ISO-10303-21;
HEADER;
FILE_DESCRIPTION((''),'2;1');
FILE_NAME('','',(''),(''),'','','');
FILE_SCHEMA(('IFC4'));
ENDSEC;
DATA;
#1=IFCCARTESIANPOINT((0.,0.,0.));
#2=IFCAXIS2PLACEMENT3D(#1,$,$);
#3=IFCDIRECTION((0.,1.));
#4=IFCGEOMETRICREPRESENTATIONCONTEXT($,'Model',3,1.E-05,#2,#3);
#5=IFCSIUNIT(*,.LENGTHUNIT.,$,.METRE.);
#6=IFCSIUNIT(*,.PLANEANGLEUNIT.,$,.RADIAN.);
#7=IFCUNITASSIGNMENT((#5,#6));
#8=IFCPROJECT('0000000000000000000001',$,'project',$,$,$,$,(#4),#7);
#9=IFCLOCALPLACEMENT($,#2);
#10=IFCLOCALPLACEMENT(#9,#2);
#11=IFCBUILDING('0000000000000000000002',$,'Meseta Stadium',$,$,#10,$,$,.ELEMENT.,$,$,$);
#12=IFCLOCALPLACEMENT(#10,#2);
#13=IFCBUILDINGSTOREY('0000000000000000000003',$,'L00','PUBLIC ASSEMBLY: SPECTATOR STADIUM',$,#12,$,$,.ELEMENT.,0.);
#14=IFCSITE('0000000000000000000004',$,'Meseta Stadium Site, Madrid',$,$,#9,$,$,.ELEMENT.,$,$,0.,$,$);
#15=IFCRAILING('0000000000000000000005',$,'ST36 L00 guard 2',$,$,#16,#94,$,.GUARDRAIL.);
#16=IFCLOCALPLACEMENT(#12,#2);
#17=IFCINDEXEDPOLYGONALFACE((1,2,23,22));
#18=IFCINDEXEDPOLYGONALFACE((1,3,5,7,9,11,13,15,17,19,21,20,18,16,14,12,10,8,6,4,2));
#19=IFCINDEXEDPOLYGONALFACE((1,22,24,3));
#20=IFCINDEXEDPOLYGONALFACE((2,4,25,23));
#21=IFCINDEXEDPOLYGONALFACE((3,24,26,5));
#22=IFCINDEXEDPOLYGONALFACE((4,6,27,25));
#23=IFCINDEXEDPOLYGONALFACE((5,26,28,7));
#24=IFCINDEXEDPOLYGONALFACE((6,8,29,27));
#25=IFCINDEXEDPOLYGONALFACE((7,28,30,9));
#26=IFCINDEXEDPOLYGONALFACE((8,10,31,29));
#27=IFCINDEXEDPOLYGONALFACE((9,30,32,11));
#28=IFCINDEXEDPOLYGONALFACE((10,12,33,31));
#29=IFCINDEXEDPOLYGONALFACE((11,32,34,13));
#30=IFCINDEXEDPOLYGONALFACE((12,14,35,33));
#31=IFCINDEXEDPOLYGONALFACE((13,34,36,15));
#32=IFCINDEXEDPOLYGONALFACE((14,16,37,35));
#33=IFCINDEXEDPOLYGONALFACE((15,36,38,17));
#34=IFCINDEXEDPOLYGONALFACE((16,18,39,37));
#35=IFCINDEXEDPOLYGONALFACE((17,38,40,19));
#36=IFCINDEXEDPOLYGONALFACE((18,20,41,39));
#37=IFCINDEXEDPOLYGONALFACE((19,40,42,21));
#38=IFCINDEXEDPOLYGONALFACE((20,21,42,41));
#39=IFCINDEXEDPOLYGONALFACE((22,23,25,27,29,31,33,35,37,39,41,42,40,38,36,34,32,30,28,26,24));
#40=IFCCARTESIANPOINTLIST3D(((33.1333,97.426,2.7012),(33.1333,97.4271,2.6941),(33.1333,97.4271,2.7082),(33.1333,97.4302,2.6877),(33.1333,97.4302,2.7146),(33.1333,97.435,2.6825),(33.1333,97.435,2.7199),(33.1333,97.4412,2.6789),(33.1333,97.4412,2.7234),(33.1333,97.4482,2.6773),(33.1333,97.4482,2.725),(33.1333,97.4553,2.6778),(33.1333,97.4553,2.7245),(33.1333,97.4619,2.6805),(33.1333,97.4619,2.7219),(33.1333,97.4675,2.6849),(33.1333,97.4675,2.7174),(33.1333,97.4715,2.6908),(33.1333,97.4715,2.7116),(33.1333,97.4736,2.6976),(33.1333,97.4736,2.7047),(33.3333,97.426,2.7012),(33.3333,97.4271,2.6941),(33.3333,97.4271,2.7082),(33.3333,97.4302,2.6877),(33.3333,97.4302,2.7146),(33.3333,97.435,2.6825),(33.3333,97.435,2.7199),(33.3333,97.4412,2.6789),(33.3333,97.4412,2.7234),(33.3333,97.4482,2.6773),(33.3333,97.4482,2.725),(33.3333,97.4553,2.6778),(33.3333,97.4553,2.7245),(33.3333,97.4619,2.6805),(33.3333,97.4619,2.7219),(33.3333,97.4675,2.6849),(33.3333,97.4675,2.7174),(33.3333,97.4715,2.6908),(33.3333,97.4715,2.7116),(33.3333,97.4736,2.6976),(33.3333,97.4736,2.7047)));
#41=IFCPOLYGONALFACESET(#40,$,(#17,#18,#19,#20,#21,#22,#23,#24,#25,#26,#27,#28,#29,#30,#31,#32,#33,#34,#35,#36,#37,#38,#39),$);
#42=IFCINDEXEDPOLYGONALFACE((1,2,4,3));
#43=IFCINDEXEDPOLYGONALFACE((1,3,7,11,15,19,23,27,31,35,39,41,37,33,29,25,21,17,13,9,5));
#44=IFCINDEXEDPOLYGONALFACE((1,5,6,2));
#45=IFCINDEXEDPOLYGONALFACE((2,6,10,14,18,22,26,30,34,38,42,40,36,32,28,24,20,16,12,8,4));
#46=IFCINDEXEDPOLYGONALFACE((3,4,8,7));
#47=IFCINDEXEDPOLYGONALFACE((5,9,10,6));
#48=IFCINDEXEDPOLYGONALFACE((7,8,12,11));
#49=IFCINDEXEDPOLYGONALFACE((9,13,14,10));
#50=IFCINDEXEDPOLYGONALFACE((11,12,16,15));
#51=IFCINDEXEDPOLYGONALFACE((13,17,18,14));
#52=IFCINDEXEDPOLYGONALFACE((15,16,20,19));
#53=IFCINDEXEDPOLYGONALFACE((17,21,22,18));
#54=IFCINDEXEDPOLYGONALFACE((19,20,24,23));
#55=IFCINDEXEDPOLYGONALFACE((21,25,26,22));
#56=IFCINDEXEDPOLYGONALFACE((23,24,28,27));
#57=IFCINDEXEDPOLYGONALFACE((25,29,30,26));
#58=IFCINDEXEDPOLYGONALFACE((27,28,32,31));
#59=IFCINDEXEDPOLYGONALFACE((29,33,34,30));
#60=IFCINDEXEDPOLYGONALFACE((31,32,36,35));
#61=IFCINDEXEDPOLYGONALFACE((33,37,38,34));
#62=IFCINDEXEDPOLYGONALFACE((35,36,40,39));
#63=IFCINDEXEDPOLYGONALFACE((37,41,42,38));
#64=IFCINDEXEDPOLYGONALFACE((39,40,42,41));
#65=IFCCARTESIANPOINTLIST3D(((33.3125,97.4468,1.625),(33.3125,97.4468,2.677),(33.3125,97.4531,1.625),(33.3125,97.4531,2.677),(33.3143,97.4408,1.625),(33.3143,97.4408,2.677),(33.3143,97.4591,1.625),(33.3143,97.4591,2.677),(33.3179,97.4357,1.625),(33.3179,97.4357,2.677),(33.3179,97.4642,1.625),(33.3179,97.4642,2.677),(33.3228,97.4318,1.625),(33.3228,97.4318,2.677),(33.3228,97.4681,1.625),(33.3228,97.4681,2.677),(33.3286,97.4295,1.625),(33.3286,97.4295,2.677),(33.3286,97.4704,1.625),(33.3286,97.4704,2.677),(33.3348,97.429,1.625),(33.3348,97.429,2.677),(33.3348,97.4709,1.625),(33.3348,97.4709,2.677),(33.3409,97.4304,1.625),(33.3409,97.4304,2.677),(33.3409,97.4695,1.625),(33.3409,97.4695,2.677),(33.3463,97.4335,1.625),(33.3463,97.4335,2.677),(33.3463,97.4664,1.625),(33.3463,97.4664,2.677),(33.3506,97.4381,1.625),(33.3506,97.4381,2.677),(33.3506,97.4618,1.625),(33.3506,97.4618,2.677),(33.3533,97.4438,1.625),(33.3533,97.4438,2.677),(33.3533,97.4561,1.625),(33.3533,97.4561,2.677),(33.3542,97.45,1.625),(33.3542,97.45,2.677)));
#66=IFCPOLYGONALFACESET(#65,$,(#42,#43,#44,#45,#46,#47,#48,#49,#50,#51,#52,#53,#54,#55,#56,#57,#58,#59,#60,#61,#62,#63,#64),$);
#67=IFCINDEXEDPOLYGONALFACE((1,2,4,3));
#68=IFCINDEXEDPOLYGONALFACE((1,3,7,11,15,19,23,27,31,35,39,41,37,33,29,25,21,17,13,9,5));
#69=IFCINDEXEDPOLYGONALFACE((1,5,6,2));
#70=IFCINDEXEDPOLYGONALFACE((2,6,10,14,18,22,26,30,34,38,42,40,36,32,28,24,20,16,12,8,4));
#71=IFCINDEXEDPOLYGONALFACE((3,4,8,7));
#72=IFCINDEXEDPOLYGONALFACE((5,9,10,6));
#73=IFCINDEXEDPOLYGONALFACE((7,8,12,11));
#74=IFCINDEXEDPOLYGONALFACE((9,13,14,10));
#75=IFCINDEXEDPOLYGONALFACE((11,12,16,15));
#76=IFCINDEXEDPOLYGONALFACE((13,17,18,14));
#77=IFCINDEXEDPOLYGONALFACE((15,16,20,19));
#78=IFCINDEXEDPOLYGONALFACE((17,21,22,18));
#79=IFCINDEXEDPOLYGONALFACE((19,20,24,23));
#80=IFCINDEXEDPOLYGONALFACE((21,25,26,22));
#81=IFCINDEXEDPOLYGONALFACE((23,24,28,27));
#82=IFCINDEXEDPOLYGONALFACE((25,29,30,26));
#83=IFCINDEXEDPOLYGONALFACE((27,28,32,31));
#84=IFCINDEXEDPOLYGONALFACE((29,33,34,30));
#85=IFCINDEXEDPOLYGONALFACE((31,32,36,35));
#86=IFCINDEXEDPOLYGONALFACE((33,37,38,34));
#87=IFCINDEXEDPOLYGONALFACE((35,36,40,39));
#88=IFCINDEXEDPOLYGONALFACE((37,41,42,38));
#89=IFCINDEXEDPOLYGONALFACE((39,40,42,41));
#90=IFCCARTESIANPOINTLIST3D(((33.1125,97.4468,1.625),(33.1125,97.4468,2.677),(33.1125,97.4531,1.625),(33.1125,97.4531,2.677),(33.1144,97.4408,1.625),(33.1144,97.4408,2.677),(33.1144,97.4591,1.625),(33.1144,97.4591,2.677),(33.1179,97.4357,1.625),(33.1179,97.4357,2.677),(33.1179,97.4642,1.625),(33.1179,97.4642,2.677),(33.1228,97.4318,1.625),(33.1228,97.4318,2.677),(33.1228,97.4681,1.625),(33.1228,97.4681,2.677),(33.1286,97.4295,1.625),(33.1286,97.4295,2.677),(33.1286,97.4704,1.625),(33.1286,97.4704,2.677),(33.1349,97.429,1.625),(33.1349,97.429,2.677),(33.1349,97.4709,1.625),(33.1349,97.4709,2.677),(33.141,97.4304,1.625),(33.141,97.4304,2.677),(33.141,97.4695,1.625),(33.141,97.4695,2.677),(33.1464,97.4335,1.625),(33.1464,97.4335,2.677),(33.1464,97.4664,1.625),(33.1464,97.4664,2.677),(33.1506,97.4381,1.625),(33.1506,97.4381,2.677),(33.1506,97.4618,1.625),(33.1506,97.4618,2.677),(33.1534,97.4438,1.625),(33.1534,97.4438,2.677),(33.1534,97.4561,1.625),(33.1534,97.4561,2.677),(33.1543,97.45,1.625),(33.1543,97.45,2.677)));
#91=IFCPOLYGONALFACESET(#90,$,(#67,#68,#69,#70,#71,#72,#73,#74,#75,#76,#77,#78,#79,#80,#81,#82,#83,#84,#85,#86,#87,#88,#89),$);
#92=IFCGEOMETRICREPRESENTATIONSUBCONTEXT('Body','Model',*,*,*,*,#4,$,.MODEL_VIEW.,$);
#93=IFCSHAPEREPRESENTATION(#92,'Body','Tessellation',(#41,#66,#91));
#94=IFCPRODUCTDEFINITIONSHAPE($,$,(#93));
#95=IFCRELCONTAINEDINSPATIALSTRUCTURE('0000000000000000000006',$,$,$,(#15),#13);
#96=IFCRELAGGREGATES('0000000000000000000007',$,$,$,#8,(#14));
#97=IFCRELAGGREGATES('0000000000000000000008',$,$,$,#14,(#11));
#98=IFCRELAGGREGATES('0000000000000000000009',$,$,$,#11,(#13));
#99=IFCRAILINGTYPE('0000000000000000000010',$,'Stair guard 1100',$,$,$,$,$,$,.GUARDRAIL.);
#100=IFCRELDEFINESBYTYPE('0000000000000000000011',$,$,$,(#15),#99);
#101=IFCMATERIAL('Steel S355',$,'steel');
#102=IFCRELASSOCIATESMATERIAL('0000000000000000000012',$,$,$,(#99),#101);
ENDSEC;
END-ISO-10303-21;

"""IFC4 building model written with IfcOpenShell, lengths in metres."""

from ifc_helpers import new_model, si_unit, direction, frame, origin, origin_2d, place, context, subcontext, project, spatial, circle, extrude, material, type_object, element, save


model = new_model("IFC4")

# Units and contexts
model_context = context("Model", 3, precision=1e-05, world=origin(), true_north=direction((0.0, 1.0)))
body_context = subcontext(model_context, "Body", "Model", "MODEL_VIEW")
ifc_project = project(units=[si_unit("LENGTHUNIT", "METRE"), si_unit("PLANEANGLEUNIT", "RADIAN")], contexts=[model_context])

# Site, building, storey
site_placement = place(None, origin())
site = spatial("IfcSite", under=ifc_project, at=site_placement, Name="Meseta Stadium Site, Madrid", CompositionType="ELEMENT", RefElevation=0.0)
building_placement = place(site_placement, origin())
building = spatial("IfcBuilding", under=site, at=building_placement, Name="Meseta Stadium", CompositionType="ELEMENT")
storey_placement = place(building_placement, origin())
storey = spatial("IfcBuildingStorey", under=building, at=storey_placement, Name="L00", Description="PUBLIC ASSEMBLY: SPECTATOR STADIUM", CompositionType="ELEMENT", Elevation=0.0)

# Railing
ifc_material_1 = material(Name="Steel S355", Category="steel")
railing_type_1 = type_object("IfcRailingType", Name="Stair guard 1100", PredefinedType="GUARDRAIL", material=ifc_material_1)
railing_1_placement = place(storey_placement, frame((33.3333, 97.45, 1.625)))
element("IfcRailing", 1, at=railing_1_placement, inside=storey, type_object=railing_type_1, Name="ST36 L00 guard 2", PredefinedType="GUARDRAIL", context=body_context, shape_type="SweptSolid", body=[
    extrude(circle(Radius=0.0239, at=origin_2d()), frame((0.0, 0.0, 1.0762), z_axis=(-1.0, 0.0, 0.0), x_axis=(0.0, -1.0, 0.0)), (0.0, 0.0, 1.0), 0.2),
    extrude(circle(Radius=0.021, at=origin_2d()), origin(), (0.0, 0.0, 1.0), 1.052),
    extrude(circle(Radius=0.021, at=origin_2d()), frame((-0.2, 0.0, 0.0)), (0.0, 0.0, 1.0), 1.052),
])

save(model, "model.ifc")
